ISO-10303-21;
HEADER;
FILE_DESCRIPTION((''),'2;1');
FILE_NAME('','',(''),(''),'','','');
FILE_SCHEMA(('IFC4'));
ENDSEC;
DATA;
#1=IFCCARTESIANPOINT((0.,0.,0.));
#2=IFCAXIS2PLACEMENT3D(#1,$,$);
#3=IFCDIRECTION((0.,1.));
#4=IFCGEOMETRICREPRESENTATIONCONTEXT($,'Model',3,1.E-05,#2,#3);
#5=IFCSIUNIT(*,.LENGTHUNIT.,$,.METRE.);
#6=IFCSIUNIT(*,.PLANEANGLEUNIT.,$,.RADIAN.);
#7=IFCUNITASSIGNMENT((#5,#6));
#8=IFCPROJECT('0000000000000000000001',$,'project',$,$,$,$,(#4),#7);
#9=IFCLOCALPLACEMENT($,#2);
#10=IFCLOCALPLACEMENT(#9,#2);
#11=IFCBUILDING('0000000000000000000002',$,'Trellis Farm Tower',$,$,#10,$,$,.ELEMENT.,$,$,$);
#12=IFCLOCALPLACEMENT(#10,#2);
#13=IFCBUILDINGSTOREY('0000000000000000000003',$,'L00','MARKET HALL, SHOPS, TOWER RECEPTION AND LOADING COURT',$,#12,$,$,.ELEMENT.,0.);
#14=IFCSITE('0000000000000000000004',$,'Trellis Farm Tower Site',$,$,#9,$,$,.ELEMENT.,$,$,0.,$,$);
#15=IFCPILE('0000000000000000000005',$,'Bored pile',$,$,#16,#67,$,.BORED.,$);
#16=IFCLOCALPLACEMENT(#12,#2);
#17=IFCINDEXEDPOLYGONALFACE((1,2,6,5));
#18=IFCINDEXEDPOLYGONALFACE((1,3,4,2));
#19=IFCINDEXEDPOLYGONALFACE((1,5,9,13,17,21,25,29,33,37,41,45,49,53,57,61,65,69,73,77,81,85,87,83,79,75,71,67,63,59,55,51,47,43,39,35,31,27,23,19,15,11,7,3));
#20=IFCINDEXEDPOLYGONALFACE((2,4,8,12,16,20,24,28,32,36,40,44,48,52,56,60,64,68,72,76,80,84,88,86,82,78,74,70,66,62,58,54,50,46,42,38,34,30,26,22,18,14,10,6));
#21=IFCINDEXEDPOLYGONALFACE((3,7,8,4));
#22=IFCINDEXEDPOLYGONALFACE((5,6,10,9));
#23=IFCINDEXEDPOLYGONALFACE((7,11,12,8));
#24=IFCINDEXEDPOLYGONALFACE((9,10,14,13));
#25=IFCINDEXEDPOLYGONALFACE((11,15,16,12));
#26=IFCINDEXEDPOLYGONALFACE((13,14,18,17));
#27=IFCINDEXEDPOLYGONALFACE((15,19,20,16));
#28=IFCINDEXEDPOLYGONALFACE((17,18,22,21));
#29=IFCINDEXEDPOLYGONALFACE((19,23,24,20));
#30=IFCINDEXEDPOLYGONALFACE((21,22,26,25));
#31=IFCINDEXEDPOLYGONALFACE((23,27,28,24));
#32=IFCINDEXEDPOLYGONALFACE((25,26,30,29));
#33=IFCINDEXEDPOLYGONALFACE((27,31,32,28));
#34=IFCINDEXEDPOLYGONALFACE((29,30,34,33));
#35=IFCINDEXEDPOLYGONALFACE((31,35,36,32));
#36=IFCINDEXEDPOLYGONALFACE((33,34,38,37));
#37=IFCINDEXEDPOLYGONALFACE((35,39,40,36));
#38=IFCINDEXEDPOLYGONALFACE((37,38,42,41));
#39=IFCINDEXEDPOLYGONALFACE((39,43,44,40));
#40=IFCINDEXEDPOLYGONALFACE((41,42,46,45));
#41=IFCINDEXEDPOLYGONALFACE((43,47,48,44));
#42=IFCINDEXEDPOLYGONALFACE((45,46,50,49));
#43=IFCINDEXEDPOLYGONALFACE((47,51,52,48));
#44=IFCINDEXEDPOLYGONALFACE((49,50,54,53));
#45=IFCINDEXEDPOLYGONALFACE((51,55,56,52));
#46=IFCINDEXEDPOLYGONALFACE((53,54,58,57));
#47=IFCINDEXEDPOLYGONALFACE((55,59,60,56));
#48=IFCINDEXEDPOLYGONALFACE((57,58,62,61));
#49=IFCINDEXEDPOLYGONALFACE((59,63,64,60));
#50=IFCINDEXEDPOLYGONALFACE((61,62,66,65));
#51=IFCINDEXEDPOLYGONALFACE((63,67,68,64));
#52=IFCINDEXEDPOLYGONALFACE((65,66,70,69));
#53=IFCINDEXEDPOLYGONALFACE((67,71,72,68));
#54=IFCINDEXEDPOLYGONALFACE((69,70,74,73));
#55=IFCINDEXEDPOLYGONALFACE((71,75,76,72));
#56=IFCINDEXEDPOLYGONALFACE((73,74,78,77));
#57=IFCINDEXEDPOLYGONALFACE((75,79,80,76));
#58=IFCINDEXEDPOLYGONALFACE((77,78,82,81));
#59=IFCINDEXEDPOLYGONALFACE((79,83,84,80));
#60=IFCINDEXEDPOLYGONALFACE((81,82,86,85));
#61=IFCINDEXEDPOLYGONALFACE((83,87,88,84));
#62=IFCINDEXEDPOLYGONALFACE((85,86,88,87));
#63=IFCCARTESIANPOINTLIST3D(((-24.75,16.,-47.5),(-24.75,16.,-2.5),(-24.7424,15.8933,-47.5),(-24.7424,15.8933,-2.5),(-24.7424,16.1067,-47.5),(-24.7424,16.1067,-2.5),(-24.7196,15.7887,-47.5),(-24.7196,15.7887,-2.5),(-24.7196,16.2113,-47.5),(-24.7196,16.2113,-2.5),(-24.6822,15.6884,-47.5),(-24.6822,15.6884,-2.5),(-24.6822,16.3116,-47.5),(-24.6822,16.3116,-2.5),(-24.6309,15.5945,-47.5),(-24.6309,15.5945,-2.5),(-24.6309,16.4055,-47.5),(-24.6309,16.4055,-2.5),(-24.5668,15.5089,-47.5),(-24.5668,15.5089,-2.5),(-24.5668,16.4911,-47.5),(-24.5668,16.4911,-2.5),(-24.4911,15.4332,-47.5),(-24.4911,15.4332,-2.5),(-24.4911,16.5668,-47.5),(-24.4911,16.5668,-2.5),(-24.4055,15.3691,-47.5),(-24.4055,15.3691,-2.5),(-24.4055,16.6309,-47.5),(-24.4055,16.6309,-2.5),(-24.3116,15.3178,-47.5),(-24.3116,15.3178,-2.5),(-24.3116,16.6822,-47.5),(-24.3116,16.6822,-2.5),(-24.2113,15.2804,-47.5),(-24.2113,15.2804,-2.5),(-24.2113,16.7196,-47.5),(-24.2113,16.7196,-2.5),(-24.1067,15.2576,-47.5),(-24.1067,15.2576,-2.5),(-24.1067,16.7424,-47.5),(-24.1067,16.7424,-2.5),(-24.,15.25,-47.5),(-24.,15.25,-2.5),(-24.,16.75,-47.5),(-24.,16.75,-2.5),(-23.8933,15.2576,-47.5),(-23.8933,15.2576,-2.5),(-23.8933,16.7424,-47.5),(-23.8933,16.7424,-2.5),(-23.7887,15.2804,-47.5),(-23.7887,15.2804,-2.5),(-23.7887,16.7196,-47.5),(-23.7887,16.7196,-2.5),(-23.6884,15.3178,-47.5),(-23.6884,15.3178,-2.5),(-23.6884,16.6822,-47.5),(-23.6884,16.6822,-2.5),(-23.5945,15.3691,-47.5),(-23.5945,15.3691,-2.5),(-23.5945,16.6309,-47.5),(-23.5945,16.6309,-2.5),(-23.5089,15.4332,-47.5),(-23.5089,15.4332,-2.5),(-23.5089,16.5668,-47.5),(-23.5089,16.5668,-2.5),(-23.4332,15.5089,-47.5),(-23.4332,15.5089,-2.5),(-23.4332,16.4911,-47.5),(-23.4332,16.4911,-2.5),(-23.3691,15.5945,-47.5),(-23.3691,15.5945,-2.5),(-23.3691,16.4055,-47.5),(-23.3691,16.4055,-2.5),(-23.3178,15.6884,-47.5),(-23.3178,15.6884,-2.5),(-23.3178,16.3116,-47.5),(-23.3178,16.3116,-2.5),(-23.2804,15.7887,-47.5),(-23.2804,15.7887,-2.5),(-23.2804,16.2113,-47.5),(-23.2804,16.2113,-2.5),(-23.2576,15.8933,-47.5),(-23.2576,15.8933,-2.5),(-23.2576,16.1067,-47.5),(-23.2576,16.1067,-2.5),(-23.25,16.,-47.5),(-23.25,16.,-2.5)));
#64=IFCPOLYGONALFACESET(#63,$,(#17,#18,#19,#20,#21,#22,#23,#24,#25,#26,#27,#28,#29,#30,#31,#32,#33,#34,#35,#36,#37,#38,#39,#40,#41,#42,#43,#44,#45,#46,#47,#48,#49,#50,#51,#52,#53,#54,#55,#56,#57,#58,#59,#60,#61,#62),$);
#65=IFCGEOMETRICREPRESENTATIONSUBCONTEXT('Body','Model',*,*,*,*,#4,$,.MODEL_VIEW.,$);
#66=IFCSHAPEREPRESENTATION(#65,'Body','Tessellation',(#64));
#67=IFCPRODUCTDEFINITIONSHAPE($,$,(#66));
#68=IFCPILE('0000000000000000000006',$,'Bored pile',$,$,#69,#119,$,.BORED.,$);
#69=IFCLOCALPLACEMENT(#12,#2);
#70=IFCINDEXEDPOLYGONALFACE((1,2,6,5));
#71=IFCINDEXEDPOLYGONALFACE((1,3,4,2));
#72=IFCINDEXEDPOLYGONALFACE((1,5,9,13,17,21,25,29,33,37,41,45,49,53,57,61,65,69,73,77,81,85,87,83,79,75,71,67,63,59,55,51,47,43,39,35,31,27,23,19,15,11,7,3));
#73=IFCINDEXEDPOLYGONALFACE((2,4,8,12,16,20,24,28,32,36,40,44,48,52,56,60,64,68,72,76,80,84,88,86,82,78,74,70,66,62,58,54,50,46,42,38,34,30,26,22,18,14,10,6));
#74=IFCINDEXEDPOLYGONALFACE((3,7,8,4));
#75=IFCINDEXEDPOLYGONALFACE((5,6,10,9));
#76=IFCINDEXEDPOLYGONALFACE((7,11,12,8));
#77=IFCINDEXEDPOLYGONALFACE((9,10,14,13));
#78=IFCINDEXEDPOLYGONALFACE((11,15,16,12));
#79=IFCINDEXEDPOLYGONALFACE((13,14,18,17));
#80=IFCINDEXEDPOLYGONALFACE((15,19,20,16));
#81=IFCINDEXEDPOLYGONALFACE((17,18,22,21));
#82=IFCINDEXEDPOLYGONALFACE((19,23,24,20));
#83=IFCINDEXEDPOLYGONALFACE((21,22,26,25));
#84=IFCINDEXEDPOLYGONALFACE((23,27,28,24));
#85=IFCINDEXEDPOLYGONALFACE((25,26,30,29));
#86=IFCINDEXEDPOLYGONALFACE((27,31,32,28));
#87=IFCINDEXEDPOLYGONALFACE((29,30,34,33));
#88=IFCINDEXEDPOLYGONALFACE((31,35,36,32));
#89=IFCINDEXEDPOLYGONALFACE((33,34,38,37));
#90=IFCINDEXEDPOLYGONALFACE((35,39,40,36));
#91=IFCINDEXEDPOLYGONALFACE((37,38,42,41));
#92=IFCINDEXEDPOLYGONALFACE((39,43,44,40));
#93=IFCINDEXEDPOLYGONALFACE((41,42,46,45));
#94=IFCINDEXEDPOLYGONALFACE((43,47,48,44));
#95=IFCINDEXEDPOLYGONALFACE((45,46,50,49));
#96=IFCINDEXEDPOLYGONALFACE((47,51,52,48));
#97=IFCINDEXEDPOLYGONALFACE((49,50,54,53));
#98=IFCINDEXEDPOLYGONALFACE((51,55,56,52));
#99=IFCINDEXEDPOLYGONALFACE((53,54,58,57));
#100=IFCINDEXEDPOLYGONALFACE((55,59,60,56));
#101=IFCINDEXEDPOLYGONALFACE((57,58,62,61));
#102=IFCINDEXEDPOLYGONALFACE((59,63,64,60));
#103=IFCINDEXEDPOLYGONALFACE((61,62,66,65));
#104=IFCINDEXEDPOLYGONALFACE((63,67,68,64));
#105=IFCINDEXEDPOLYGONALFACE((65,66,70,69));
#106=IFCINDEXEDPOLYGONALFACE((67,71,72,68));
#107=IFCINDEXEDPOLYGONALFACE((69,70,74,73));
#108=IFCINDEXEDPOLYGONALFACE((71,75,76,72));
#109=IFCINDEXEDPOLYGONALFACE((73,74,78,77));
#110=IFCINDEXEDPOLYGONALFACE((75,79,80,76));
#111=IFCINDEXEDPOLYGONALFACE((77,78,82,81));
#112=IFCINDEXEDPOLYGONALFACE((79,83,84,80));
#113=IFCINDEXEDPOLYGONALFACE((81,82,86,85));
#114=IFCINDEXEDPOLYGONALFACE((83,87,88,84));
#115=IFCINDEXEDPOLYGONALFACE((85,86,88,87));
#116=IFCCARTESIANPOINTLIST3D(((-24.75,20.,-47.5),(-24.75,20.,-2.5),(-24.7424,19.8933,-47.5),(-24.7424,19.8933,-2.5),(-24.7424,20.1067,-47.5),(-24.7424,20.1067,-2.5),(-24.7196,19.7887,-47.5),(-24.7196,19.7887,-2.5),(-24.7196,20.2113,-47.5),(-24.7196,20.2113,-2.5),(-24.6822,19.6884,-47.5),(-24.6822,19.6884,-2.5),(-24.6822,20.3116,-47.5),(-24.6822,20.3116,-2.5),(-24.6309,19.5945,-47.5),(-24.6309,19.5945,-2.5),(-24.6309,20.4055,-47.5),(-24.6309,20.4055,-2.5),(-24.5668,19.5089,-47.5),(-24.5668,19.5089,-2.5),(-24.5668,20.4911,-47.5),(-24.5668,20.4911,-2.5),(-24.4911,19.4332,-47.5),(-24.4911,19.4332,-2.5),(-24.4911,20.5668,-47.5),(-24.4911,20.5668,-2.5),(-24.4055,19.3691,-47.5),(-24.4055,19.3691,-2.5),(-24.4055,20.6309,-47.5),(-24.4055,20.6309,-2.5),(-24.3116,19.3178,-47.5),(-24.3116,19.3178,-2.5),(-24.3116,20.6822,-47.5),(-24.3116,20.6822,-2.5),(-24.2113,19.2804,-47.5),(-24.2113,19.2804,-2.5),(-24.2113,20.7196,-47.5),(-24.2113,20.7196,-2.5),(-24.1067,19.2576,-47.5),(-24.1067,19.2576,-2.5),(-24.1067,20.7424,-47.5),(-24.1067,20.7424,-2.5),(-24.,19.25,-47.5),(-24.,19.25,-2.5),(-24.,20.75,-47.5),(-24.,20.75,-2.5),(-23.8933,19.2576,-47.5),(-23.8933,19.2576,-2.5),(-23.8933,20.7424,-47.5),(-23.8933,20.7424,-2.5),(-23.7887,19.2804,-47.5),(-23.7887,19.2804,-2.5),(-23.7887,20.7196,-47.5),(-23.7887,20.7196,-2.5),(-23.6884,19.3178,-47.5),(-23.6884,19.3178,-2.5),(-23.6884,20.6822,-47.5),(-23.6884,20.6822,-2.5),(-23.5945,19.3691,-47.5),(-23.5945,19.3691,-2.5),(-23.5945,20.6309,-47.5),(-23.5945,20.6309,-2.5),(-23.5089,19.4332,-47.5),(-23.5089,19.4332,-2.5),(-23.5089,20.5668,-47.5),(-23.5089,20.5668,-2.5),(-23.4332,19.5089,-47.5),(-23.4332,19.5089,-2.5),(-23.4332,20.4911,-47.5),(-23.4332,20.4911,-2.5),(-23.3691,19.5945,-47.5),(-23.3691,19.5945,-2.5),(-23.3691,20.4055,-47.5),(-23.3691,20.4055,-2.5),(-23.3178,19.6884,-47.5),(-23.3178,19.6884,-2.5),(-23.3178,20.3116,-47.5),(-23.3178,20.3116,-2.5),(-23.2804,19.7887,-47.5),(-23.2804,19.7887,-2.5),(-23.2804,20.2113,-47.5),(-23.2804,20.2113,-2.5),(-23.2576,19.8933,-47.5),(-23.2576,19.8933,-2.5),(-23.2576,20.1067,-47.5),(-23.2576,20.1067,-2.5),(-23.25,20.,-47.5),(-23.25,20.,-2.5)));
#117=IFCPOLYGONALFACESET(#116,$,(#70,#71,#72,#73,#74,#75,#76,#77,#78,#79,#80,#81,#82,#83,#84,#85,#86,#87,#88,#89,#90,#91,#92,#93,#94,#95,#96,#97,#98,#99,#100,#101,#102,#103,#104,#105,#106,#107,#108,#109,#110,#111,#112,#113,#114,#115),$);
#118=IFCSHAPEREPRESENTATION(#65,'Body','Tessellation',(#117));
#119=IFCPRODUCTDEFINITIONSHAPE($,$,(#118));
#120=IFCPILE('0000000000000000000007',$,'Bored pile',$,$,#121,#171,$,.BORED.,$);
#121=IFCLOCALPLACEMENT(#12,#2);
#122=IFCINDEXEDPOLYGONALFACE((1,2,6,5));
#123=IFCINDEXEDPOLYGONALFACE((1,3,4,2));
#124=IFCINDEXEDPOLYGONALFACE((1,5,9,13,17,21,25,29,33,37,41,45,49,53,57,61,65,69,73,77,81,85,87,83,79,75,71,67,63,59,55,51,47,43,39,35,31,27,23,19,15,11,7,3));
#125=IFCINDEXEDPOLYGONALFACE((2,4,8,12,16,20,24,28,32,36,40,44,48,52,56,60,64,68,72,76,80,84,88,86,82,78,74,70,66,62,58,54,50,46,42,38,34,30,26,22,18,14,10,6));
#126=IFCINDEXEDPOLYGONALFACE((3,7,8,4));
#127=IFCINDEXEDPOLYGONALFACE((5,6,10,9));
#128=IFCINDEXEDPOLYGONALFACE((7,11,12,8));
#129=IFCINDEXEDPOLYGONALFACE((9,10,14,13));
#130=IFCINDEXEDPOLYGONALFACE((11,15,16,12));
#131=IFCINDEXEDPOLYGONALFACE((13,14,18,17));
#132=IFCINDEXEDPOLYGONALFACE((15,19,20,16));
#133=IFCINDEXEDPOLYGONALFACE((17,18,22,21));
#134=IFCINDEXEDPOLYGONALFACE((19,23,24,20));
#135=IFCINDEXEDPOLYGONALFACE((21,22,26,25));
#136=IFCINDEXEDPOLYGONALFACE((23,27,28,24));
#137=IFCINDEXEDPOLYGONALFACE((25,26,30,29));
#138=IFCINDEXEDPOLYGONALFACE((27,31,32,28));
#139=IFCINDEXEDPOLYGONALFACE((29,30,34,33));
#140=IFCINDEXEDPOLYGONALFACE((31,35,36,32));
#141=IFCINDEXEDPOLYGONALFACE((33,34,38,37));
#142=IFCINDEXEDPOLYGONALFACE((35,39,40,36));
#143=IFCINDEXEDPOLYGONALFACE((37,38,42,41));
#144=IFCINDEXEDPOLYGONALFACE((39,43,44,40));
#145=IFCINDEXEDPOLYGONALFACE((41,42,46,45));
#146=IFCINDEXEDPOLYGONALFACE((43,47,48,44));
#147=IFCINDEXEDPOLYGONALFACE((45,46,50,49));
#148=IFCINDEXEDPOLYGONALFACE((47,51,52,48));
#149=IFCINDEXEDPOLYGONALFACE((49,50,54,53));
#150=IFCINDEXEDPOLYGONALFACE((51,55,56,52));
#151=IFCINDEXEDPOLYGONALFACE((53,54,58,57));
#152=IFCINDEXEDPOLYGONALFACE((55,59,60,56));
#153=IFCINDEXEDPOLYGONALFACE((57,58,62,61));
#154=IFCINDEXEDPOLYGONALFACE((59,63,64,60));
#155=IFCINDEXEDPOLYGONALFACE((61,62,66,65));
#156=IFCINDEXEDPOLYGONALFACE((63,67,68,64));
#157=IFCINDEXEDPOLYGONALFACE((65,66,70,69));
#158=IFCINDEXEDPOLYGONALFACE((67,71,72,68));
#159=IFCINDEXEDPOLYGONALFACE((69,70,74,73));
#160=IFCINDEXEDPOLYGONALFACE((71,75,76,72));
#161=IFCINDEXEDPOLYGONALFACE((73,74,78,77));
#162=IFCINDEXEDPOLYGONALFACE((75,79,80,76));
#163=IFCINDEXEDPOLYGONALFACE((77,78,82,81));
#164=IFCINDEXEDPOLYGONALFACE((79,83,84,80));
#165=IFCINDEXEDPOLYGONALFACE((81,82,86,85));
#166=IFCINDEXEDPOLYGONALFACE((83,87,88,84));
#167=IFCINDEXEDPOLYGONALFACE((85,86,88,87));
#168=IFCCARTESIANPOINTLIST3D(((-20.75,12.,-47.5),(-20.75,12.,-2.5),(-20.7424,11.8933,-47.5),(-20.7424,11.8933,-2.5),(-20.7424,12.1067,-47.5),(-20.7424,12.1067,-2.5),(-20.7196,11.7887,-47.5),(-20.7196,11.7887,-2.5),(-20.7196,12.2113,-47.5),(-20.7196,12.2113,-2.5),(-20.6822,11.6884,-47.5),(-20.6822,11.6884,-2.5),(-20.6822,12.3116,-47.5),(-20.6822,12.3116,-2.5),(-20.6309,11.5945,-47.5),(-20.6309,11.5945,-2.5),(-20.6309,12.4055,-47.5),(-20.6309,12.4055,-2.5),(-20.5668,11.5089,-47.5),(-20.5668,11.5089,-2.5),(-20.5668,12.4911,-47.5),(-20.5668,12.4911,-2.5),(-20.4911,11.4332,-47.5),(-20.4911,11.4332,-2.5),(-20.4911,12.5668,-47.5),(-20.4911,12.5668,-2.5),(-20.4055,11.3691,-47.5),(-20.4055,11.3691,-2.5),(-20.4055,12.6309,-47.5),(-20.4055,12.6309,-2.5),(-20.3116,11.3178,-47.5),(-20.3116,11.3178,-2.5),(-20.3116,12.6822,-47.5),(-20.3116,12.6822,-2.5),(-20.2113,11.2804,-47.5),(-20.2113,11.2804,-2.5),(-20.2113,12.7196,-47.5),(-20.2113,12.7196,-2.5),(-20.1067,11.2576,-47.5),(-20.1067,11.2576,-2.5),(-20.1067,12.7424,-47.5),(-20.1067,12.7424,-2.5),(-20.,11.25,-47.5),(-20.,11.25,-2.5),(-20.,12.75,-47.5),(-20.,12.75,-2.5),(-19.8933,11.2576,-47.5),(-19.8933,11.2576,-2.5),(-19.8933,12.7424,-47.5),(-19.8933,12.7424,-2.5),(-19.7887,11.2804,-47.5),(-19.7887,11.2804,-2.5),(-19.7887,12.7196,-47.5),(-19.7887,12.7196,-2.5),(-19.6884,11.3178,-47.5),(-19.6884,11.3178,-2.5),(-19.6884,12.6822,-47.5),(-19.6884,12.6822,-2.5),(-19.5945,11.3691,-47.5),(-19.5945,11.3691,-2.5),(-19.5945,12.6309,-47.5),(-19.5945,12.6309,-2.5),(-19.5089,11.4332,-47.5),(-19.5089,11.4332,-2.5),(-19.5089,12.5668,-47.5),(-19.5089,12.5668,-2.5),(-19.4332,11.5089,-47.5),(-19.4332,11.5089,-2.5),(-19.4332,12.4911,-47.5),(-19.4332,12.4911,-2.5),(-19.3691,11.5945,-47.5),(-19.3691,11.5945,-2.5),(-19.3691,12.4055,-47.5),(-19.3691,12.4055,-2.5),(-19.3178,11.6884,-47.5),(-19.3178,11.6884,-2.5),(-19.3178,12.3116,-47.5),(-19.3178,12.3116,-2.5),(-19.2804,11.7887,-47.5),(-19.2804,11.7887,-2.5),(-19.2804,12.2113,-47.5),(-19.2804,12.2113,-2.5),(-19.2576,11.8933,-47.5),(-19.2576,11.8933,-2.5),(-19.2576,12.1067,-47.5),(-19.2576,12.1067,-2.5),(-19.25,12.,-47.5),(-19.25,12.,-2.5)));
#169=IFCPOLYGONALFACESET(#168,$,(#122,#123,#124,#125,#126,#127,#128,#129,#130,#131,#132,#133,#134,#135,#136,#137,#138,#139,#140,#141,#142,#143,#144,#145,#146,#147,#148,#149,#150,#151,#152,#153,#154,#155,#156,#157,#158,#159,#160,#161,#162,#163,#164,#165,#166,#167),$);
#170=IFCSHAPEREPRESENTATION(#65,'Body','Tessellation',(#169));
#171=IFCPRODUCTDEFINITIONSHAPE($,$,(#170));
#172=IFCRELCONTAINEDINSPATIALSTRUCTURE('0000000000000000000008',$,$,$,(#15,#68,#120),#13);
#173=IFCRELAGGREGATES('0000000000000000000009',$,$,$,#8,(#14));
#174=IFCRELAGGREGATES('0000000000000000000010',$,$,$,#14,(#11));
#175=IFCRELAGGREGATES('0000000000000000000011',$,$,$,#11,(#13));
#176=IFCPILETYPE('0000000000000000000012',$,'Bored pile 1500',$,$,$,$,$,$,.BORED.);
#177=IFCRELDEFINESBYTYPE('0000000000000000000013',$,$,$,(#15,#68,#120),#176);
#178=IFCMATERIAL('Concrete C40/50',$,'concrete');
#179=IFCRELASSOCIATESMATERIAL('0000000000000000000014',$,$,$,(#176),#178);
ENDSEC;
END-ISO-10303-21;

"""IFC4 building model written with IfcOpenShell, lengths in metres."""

from ifc_helpers import new_model, si_unit, direction, frame, origin, origin_2d, place, context, subcontext, project, spatial, circle, extrude, source, transform, mapped, material, material_profile, profile_set, type_object, element, save


model = new_model("IFC4")

# Units and contexts
model_context = context("Model", 3, precision=1e-05, world=origin(), true_north=direction((0.0, 1.0)))
body_context = subcontext(model_context, "Body", "Model", "MODEL_VIEW")
ifc_project = project(units=[si_unit("LENGTHUNIT", "METRE"), si_unit("PLANEANGLEUNIT", "RADIAN")], contexts=[model_context])

# Site, building, storey
site_placement = place(None, origin())
site = spatial("IfcSite", under=ifc_project, at=site_placement, Name="Trellis Farm Tower Site", CompositionType="ELEMENT", RefElevation=0.0)
building_placement = place(site_placement, origin())
building = spatial("IfcBuilding", under=site, at=building_placement, Name="Trellis Farm Tower", CompositionType="ELEMENT")
storey_placement = place(building_placement, origin())
storey = spatial("IfcBuildingStorey", under=building, at=storey_placement, Name="L00", Description="MARKET HALL, SHOPS, TOWER RECEPTION AND LOADING COURT", CompositionType="ELEMENT", Elevation=0.0)

# Piles
ifc_material_1 = material(Name="Concrete C40/50", Category="concrete")
ifc_material_profile_1 = material_profile(ifc_material_1, circle(Radius=0.75, at=origin_2d()), Name="Bored pile 1500")
ifc_profile_set_1 = profile_set([ifc_material_profile_1], Name="Concrete C40/50")
pile_type = type_object("IfcPileType", Name="Bored pile 1500", PredefinedType="BORED", material=ifc_profile_set_1)
shared_shape_1 = source(origin(), body_context, "Body", "SweptSolid", [
    extrude(circle(Radius=0.75, at=origin_2d()), origin(), (0.0, 0.0, 1.0), 45.0),
])
for number, where, z_axis, x_axis, name in (
    (1, (-24.0, 16.0, -2.5), (0.0, 0.0, -1.0), (1.0, 0.0, 0.0), "Bored pile"),
    (2, (-24.0, 20.0, -2.5), (0.0, 0.0, -1.0), (1.0, 0.0, 0.0), "Bored pile"),
    (3, (-20.0, 12.0, -2.5), (0.0, 0.0, -1.0), (1.0, 0.0, 0.0), "Bored pile"),
):
    element("IfcPile", number, at=place(storey_placement, frame(where, z_axis=z_axis, x_axis=x_axis)), inside=storey, type_object=pile_type, Name=name, PredefinedType="BORED", context=body_context, shape_type="MappedRepresentation", body=[
        mapped(shared_shape_1, transform((0.0, 0.0, 0.0))),
    ])

save(model, "model.ifc")
